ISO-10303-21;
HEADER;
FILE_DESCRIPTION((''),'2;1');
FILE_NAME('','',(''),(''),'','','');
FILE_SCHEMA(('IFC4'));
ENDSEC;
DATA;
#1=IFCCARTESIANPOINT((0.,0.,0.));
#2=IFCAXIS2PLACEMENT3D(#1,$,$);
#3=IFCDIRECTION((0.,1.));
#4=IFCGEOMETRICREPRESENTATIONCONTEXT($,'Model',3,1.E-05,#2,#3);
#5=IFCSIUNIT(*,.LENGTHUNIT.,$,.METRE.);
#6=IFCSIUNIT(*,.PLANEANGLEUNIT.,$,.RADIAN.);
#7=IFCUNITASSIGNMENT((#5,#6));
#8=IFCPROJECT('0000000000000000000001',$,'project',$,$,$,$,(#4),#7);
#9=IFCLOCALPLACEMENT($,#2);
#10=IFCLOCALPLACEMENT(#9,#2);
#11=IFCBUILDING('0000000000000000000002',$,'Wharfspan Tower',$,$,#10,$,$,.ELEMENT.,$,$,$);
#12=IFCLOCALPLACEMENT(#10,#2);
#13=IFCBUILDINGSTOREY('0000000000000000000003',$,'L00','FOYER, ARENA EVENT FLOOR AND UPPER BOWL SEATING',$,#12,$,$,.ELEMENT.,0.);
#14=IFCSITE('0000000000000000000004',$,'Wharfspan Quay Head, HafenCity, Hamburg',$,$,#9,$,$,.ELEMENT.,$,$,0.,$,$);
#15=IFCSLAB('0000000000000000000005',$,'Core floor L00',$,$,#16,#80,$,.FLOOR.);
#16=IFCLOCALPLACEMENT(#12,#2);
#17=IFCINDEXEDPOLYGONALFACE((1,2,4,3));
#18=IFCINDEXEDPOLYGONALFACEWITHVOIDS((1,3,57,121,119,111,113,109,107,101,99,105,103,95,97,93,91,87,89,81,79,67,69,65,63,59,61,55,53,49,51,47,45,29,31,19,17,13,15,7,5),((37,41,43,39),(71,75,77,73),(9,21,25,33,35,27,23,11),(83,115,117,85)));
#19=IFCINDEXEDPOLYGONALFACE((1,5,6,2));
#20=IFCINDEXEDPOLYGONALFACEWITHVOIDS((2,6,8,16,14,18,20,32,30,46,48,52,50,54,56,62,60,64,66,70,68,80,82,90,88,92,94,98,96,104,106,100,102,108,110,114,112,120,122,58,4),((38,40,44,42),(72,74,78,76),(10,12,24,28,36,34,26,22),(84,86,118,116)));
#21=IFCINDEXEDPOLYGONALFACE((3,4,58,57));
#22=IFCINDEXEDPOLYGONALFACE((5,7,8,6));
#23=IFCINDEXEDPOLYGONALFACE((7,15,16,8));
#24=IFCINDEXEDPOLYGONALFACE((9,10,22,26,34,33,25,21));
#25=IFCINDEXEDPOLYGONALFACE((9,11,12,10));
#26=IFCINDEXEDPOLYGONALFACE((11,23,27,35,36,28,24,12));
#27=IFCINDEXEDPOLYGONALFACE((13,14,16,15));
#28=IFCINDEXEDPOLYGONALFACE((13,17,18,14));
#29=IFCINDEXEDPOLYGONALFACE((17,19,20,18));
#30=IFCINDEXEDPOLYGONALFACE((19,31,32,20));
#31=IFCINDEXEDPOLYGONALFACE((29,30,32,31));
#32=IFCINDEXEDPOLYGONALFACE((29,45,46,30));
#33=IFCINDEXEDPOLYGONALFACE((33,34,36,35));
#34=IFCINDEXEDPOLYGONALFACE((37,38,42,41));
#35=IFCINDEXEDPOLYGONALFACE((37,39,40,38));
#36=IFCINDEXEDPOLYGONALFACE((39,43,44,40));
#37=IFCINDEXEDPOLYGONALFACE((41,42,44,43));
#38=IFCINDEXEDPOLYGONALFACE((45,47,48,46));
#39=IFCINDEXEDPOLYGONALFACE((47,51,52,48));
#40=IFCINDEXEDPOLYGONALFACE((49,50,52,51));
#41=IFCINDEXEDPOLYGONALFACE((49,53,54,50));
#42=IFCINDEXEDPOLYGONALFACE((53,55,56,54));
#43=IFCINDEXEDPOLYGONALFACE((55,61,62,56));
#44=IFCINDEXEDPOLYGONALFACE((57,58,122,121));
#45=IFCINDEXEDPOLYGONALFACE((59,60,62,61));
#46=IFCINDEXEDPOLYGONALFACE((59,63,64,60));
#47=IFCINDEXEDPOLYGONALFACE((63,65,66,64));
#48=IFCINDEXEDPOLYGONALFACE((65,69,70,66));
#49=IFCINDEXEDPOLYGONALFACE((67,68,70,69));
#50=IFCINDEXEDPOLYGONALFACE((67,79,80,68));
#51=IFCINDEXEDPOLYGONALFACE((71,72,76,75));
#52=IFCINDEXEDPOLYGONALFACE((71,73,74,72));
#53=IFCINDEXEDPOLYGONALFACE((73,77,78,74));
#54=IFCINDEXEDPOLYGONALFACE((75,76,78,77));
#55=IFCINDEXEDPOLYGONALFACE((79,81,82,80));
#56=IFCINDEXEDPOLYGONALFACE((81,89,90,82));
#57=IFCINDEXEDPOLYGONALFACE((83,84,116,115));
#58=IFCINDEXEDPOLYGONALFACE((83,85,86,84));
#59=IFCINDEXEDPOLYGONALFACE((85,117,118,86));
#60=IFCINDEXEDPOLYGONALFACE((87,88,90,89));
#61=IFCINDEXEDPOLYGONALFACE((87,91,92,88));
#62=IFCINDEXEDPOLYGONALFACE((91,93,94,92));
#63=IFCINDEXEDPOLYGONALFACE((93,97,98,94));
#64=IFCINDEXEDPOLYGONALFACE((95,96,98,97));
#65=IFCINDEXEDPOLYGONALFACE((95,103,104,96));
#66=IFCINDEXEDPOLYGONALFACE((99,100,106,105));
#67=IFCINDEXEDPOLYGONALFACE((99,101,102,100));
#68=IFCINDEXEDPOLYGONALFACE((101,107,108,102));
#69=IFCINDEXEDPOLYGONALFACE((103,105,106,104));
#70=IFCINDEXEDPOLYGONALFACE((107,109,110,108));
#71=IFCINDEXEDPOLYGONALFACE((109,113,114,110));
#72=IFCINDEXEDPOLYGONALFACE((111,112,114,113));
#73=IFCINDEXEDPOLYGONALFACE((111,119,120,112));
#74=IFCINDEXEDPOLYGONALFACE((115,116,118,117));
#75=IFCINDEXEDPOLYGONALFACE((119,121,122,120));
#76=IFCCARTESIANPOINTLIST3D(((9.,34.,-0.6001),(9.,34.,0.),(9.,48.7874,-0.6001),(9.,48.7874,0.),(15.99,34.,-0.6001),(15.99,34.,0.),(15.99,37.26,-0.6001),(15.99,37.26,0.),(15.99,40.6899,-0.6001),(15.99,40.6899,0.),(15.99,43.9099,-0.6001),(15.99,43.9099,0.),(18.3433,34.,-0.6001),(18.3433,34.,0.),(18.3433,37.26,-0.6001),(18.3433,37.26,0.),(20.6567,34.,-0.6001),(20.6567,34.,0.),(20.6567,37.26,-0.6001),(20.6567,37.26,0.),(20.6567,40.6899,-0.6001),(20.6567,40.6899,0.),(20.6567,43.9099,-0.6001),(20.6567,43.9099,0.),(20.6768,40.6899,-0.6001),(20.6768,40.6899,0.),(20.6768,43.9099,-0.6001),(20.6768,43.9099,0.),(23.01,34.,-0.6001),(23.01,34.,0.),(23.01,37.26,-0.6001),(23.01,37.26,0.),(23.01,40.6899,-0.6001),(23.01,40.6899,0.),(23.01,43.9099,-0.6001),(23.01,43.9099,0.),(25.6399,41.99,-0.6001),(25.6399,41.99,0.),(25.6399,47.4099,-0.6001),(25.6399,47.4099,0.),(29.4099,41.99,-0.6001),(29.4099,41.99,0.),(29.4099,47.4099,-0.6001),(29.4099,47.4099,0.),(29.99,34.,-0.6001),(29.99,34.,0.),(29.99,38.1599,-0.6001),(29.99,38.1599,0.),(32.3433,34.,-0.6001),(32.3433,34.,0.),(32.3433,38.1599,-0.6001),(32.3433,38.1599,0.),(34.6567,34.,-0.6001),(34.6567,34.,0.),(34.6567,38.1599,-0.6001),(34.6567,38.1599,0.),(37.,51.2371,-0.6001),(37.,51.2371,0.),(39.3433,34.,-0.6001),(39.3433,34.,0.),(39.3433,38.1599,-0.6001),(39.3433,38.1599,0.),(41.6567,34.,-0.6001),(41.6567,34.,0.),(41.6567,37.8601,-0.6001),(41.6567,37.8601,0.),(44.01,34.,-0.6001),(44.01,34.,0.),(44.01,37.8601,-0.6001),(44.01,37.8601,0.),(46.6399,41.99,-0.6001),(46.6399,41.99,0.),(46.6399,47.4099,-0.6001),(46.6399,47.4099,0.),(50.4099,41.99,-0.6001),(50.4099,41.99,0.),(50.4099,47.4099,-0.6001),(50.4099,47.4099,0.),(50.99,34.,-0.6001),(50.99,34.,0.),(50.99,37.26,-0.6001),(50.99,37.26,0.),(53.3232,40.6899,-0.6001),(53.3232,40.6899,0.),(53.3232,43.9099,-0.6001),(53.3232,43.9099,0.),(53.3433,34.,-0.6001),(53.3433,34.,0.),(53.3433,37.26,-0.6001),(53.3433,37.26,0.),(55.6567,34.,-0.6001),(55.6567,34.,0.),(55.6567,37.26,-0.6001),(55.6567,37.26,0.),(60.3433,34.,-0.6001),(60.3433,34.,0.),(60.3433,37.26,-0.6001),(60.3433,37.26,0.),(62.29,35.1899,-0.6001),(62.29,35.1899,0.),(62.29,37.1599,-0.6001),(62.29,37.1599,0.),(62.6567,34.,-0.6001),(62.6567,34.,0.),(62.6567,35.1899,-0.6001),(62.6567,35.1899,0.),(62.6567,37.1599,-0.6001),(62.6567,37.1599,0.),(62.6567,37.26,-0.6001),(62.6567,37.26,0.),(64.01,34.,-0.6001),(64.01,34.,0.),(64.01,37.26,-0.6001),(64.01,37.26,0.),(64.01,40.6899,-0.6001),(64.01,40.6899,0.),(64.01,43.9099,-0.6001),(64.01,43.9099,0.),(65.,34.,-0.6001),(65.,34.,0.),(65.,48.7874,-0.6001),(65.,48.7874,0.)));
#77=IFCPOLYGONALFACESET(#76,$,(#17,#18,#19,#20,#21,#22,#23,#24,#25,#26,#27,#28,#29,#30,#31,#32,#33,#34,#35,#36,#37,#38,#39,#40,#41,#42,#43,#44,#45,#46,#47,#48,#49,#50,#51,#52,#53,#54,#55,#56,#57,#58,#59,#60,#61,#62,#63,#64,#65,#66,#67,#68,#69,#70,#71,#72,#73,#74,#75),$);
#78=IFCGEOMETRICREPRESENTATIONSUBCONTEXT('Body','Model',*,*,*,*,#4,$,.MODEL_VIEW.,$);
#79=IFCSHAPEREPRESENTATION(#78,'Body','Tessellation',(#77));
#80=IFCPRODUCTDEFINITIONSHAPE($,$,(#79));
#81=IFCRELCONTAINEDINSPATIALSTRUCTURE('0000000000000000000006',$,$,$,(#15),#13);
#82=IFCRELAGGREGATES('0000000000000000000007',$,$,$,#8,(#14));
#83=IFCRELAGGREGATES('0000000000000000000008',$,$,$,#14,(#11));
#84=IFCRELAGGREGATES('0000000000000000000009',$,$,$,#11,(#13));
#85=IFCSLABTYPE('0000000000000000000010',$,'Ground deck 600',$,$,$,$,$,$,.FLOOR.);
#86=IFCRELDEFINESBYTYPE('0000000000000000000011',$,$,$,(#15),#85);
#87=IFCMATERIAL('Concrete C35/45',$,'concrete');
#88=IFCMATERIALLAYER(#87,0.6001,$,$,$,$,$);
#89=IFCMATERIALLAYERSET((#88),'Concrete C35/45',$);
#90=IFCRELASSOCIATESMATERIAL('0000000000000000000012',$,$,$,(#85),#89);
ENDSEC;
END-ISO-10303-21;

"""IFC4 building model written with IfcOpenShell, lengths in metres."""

from ifc_helpers import new_model, si_unit, direction, frame, origin, place, context, subcontext, project, spatial, polyline, outline, extrude, material, layer, layer_set, type_object, element, save


model = new_model("IFC4")

# Units and contexts
model_context = context("Model", 3, precision=1e-05, world=origin(), true_north=direction((0.0, 1.0)))
body_context = subcontext(model_context, "Body", "Model", "MODEL_VIEW")
ifc_project = project(units=[si_unit("LENGTHUNIT", "METRE"), si_unit("PLANEANGLEUNIT", "RADIAN")], contexts=[model_context])

# Site, building, storey
site_placement = place(None, origin())
site = spatial("IfcSite", under=ifc_project, at=site_placement, Name="Wharfspan Quay Head, HafenCity, Hamburg", CompositionType="ELEMENT", RefElevation=0.0)
building_placement = place(site_placement, origin())
building = spatial("IfcBuilding", under=site, at=building_placement, Name="Wharfspan Tower", CompositionType="ELEMENT")
storey_placement = place(building_placement, origin())
storey = spatial("IfcBuildingStorey", under=building, at=storey_placement, Name="L00", Description="FOYER, ARENA EVENT FLOOR AND UPPER BOWL SEATING", CompositionType="ELEMENT", Elevation=0.0)

# Slab
ifc_material_1 = material(Name="Concrete C35/45", Category="concrete")
ifc_layer_1 = layer(ifc_material_1, 0.6001)
ifc_layer_set_1 = layer_set([ifc_layer_1], Name="Concrete C35/45")
slab_type_1 = type_object("IfcSlabType", Name="Ground deck 600", PredefinedType="FLOOR", material=ifc_layer_set_1)
slab_1_placement = place(storey_placement, frame((0.0, 0.0, -0.6001)))
element("IfcSlab", 1, at=slab_1_placement, inside=storey, type_object=slab_type_1, Name="Core floor L00", PredefinedType="FLOOR", context=body_context, shape_type="SweptSolid", body=[
    extrude(outline(polyline([(65.0, 48.7874), (65.0, 34.0), (64.01, 34.0), (64.01, 37.26), (62.6567, 37.26), (62.6567, 37.1599), (62.29, 37.1599), (62.29, 35.1899), (62.6567, 35.1899), (62.6567, 34.0), (60.3433, 34.0), (60.3433, 37.26), (55.6567, 37.26), (55.6567, 34.0), (53.3433, 34.0), (53.3433, 37.26), (50.99, 37.26), (50.99, 34.0), (44.01, 34.0), (44.01, 37.8601), (41.6567, 37.8601), (41.6567, 34.0), (39.3433, 34.0), (39.3433, 38.1599), (34.6567, 38.1599), (34.6567, 34.0), (32.3433, 34.0), (32.3433, 38.1599), (29.99, 38.1599), (29.99, 34.0), (23.01, 34.0), (23.01, 37.26), (20.6567, 37.26), (20.6567, 34.0), (18.3433, 34.0), (18.3433, 37.26), (15.99, 37.26), (15.99, 34.0), (9.0, 34.0), (9.0, 48.7874), (37.0, 51.2371), (65.0, 48.7874)]), holes=[polyline([(53.3232, 43.9099), (53.3232, 40.6899), (64.01, 40.6899), (64.01, 43.9099), (53.3232, 43.9099)]), polyline([(50.4099, 41.99), (50.4099, 47.4099), (46.6399, 47.4099), (46.6399, 41.99), (50.4099, 41.99)]), polyline([(29.4099, 41.99), (29.4099, 47.4099), (25.6399, 47.4099), (25.6399, 41.99), (29.4099, 41.99)]), polyline([(20.6768, 40.6899), (23.01, 40.6899), (23.01, 43.9099), (20.6768, 43.9099), (20.6567, 43.9099), (15.99, 43.9099), (15.99, 40.6899), (20.6567, 40.6899), (20.6768, 40.6899)])]), origin(), (0.0, 0.0, 1.0), 0.6001),
])

save(model, "model.ifc")
